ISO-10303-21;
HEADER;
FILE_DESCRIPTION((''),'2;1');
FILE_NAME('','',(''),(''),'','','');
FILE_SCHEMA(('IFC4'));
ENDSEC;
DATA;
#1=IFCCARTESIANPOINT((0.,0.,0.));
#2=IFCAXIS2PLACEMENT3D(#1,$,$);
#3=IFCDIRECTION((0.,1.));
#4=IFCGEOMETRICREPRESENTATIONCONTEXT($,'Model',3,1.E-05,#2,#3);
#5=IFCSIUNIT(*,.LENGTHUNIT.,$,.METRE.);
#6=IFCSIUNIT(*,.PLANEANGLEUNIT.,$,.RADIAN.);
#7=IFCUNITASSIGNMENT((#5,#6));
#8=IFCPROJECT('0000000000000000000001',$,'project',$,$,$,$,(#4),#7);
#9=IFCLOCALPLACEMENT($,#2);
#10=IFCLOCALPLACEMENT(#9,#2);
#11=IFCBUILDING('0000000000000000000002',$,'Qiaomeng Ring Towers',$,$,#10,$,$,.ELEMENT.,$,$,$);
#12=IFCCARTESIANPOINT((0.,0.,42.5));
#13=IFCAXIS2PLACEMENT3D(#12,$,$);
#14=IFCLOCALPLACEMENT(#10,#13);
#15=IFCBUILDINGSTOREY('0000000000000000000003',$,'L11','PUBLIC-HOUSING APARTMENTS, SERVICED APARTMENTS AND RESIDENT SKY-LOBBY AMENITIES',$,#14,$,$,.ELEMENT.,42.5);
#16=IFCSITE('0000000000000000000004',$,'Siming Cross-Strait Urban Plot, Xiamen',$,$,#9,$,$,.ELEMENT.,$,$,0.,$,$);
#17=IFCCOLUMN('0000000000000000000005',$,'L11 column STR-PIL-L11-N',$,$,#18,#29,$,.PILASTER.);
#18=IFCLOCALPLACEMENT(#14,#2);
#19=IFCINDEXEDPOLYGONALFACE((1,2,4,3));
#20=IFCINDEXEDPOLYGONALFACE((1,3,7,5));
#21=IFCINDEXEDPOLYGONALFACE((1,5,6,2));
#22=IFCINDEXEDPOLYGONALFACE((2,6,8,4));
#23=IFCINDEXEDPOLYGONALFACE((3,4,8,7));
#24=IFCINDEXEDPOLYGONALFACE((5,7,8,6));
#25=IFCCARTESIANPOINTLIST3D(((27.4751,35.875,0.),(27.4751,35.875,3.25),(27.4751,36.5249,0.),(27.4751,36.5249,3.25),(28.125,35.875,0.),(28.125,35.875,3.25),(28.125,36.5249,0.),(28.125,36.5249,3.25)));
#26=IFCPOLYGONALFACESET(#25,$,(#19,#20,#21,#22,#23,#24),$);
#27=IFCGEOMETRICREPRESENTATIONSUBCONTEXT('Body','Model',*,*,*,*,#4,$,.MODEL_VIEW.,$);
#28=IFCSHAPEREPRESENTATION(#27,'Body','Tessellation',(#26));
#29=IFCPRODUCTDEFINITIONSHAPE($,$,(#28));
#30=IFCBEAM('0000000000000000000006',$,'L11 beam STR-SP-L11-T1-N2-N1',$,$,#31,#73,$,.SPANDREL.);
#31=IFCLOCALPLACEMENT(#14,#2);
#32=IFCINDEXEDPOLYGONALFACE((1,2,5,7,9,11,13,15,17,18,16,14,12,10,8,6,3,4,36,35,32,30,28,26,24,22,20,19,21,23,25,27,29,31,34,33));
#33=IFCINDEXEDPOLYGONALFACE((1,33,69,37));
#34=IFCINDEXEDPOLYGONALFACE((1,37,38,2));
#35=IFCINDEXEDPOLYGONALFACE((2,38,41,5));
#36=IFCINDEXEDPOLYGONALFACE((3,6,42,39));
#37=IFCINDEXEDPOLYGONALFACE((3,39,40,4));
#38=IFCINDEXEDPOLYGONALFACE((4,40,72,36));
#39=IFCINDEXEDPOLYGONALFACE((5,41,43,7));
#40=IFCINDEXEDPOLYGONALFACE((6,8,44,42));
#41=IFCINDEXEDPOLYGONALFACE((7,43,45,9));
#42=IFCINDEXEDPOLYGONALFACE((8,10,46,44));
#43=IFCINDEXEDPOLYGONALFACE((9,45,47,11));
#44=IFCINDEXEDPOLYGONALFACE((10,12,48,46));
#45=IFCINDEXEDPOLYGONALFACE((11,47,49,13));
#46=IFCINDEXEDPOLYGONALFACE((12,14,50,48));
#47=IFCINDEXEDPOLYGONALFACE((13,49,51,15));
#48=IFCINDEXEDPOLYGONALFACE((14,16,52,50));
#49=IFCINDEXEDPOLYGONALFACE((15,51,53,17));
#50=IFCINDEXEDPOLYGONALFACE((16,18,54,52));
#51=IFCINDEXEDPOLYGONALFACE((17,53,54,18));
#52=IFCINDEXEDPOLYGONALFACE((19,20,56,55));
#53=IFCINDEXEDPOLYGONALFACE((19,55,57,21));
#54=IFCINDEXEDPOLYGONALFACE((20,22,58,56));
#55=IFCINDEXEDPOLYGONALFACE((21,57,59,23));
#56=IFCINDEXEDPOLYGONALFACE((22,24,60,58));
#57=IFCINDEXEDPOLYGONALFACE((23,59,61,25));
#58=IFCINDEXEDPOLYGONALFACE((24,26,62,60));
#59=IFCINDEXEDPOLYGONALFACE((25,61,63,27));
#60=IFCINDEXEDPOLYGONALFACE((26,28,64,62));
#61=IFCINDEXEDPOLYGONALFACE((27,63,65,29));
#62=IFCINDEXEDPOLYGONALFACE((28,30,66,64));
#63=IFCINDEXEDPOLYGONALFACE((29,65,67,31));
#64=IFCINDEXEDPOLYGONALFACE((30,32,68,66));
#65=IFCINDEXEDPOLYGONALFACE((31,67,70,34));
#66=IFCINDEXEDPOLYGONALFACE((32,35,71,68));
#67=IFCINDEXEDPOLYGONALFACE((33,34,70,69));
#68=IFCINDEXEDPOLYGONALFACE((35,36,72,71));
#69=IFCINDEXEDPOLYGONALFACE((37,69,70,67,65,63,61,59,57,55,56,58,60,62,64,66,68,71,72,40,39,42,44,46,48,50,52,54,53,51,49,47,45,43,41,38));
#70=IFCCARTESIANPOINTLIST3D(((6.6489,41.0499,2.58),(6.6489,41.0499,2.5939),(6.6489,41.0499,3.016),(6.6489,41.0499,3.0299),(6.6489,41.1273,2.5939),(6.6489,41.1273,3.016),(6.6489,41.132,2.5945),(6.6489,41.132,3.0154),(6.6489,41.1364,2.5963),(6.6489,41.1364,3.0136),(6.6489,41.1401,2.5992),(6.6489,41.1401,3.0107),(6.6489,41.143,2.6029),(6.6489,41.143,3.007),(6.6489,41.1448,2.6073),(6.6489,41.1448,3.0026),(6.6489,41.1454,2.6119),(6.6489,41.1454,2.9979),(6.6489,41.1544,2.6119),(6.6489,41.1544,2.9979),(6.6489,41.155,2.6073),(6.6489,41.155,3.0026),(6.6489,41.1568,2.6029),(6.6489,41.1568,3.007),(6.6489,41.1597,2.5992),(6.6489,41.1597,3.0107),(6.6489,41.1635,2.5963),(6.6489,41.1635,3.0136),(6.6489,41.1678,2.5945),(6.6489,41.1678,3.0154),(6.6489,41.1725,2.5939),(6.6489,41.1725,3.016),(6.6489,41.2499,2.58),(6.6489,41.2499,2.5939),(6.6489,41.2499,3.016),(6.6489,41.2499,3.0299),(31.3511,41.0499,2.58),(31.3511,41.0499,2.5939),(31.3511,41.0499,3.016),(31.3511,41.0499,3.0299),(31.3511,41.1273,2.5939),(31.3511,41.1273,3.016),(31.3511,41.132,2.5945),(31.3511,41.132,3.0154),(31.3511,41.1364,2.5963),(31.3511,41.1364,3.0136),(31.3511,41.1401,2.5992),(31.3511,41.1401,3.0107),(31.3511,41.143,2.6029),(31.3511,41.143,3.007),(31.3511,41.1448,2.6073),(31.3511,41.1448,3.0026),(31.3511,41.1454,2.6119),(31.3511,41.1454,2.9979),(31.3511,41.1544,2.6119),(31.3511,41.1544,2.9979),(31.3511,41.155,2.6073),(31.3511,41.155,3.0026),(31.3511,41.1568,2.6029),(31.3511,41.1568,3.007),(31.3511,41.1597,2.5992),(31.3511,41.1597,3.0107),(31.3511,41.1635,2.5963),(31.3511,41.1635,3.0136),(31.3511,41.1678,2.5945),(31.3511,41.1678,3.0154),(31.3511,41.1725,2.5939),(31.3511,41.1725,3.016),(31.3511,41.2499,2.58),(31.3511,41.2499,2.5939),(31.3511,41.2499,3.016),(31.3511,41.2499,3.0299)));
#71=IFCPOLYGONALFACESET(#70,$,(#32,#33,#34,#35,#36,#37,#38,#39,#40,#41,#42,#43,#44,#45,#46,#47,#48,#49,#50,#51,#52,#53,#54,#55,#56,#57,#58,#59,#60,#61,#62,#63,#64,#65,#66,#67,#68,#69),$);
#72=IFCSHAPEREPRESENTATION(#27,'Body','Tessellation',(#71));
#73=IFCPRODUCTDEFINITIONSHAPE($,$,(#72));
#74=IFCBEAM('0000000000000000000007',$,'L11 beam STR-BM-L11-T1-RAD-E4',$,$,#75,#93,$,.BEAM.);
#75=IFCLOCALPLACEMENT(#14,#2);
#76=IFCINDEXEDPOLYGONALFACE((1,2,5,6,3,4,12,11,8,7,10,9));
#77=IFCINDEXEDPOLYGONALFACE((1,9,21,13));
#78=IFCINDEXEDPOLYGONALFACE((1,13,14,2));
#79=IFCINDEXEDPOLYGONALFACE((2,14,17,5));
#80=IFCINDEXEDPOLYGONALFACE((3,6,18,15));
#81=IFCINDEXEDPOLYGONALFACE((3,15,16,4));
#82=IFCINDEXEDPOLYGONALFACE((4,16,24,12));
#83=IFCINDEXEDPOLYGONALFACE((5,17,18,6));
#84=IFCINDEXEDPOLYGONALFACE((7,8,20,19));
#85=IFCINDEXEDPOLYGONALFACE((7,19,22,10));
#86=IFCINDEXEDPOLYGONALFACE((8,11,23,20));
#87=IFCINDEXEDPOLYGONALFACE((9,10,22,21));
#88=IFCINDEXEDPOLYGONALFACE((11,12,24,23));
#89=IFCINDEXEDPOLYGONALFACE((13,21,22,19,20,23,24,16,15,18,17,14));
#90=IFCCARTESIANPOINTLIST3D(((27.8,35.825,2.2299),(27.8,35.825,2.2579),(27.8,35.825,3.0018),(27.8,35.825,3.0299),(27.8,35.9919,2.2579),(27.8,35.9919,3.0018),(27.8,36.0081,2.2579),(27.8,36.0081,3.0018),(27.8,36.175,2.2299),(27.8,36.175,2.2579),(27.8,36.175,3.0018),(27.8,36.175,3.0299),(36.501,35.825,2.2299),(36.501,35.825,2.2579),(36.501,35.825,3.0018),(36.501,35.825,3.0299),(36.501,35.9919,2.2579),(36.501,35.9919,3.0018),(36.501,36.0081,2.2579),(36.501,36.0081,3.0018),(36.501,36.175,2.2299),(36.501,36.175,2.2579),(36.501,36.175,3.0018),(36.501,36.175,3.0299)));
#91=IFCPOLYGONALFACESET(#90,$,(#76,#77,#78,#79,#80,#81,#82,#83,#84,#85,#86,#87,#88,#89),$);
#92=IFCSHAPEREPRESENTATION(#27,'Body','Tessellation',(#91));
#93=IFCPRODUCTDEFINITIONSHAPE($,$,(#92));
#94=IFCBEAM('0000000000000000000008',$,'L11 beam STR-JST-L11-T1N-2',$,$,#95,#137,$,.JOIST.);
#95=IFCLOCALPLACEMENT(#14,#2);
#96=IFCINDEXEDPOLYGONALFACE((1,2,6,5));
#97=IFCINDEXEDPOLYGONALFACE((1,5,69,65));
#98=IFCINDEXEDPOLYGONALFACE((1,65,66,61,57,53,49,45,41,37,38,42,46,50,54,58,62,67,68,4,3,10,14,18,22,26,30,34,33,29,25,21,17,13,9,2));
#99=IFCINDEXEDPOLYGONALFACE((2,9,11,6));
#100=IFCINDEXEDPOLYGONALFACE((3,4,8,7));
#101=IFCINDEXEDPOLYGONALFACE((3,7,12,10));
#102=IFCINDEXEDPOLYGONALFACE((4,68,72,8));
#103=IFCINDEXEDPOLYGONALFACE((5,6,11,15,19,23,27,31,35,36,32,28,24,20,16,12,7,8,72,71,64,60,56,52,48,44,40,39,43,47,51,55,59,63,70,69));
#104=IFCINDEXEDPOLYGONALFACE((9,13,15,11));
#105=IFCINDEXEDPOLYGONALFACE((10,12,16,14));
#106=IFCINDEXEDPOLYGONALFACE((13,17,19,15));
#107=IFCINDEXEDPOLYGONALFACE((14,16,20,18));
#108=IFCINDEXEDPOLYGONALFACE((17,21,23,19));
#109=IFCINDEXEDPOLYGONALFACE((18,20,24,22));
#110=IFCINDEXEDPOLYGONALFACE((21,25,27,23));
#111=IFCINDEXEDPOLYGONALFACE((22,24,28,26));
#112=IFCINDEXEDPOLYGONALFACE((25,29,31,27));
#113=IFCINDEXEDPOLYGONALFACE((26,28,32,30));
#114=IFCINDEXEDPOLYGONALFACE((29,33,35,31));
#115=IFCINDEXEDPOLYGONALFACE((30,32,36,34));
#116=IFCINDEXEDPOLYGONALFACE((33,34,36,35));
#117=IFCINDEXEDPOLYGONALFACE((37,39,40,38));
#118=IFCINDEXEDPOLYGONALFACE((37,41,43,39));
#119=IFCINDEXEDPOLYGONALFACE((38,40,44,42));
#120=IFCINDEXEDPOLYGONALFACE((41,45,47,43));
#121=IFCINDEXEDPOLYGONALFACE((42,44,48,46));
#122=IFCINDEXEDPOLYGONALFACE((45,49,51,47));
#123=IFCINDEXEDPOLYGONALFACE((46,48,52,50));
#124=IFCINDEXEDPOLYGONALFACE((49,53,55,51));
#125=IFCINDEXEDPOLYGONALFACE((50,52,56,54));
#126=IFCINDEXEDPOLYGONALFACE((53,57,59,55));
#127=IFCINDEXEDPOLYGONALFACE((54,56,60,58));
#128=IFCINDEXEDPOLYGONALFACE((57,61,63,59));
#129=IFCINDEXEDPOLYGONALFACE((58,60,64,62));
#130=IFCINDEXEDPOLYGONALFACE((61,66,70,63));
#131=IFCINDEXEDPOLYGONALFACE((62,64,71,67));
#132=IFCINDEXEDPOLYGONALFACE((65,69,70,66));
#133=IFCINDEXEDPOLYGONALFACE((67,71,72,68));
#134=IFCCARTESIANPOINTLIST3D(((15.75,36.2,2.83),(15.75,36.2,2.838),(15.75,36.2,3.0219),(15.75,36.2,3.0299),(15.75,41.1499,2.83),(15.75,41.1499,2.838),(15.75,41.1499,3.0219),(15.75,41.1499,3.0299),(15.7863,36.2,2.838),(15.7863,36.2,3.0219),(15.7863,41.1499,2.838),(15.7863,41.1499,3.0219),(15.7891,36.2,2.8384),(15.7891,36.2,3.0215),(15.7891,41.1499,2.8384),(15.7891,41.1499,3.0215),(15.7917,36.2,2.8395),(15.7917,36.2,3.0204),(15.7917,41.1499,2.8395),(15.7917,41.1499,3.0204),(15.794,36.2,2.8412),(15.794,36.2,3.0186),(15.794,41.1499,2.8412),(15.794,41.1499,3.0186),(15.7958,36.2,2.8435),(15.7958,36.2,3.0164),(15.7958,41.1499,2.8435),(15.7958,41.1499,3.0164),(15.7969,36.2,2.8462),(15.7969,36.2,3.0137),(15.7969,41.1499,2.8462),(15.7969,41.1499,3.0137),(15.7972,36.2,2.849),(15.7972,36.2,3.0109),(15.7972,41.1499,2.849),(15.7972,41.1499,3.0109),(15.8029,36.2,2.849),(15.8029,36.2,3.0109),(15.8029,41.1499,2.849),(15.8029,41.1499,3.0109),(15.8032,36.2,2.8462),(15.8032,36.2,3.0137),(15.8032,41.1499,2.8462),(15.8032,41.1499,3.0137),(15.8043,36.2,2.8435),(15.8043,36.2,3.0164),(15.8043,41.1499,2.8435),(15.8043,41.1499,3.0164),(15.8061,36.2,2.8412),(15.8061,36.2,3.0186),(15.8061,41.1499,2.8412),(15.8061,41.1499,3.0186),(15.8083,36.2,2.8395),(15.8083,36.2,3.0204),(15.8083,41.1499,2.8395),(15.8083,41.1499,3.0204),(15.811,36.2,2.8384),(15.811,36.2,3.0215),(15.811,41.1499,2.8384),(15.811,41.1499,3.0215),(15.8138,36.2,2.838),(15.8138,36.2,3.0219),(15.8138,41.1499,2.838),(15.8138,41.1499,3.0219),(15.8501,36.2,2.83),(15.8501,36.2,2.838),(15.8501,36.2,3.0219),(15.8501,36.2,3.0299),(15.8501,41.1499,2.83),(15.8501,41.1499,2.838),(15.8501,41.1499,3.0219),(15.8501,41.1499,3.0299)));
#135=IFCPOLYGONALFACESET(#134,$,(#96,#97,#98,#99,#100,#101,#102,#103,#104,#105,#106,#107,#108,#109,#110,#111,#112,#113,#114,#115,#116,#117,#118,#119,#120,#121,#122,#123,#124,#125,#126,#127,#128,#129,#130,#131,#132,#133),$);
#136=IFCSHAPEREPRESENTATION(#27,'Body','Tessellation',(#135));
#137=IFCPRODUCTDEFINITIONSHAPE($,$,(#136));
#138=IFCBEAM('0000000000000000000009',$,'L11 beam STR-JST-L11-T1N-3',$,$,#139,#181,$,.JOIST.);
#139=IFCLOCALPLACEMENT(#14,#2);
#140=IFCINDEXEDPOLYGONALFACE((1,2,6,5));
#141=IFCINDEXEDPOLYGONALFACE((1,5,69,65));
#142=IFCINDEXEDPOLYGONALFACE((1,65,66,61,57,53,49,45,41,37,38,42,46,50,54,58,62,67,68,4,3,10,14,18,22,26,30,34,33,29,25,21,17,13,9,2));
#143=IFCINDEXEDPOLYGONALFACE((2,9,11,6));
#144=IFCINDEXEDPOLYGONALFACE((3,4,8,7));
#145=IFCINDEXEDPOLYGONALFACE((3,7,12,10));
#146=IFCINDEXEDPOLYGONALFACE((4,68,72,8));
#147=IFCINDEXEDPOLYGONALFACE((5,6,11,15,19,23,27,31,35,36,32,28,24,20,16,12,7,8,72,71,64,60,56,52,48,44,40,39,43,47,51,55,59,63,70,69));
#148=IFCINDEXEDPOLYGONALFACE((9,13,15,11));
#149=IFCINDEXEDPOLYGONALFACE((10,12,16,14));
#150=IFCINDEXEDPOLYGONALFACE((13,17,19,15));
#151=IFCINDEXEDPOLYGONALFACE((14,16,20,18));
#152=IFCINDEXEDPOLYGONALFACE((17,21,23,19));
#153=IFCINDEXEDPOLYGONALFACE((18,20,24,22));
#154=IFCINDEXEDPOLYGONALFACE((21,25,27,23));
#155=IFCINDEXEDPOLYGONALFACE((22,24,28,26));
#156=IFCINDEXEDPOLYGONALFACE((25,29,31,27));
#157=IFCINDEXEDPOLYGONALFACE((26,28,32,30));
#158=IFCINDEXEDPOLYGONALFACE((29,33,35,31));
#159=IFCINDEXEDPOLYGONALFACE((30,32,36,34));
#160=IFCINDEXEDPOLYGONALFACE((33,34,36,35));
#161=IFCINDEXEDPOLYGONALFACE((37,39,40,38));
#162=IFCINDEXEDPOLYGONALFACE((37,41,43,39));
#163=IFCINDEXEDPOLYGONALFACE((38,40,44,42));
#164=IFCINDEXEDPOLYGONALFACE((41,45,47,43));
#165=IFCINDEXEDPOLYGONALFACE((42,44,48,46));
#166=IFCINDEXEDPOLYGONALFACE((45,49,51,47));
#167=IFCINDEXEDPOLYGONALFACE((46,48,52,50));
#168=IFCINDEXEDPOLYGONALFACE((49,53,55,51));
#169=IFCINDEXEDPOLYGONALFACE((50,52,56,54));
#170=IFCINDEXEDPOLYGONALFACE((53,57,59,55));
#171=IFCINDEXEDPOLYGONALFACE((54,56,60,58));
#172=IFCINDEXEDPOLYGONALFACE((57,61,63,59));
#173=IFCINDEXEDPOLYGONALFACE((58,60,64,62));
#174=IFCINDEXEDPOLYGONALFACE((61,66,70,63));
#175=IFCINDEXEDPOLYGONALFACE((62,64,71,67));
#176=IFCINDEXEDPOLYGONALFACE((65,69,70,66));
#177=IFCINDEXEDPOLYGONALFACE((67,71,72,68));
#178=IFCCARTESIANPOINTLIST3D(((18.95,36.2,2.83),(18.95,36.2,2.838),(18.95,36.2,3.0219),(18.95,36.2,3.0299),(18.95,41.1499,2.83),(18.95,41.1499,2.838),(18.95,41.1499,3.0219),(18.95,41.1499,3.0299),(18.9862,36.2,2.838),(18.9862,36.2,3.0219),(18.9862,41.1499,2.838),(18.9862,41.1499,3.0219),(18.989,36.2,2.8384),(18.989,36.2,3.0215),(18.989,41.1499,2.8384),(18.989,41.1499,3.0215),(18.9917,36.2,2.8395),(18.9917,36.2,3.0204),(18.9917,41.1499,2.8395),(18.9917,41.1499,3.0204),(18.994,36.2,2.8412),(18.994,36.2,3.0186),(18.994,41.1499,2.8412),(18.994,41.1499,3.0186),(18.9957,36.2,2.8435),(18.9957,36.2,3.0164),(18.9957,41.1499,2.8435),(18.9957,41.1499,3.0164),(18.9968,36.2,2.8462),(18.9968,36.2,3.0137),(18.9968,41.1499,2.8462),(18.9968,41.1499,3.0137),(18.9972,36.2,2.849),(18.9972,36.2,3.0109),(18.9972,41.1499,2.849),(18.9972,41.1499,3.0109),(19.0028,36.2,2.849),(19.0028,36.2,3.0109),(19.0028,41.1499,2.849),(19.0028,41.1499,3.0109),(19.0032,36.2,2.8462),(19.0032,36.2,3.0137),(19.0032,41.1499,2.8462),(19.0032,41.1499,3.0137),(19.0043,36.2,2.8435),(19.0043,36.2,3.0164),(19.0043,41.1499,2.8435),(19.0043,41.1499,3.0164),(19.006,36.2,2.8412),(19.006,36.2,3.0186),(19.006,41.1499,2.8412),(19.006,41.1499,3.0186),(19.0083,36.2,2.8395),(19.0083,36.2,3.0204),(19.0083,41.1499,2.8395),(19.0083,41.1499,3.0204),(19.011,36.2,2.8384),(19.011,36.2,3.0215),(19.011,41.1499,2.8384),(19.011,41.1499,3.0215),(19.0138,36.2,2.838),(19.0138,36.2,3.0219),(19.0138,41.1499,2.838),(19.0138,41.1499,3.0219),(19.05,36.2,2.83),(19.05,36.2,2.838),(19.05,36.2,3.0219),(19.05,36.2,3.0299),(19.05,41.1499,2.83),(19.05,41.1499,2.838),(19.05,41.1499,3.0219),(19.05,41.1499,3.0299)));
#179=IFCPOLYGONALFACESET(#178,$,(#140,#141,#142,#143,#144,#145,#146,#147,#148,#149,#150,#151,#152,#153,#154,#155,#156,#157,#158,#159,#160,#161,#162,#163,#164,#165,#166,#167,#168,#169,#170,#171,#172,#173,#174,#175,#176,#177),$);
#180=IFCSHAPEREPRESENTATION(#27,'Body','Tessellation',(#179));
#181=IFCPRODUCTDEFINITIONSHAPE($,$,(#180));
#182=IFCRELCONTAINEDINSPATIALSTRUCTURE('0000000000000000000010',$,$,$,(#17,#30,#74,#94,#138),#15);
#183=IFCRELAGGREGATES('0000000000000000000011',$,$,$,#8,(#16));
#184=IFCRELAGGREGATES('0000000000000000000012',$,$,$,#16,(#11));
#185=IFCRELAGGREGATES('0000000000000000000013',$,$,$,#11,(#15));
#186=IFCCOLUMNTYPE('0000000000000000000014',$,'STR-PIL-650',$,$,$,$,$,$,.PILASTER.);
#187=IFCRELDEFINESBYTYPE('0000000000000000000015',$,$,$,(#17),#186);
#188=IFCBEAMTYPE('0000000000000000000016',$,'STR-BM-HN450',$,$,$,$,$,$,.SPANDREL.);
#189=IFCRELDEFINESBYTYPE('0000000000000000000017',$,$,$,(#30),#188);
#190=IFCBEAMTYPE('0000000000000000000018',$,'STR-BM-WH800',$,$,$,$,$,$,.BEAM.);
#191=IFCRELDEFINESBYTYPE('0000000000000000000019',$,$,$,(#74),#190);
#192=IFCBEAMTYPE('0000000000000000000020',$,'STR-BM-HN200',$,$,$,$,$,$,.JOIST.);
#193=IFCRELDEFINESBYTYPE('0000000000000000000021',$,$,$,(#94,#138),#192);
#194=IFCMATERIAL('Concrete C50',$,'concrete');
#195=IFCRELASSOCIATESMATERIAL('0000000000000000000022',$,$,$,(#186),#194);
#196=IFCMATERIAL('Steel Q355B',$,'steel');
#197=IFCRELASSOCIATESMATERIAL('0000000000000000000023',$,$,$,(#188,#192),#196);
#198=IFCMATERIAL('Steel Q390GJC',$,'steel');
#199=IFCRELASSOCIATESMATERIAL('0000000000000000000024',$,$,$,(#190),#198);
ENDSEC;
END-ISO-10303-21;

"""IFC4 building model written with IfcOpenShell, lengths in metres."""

from ifc_helpers import new_model, si_unit, direction, frame, origin, origin_2d, place, context, subcontext, project, spatial, rectangle, i_section, extrude, source, transform, mapped, material, material_profile, profile_set, type_object, element, save


model = new_model("IFC4")

# Units and contexts
model_context = context("Model", 3, precision=1e-05, world=origin(), true_north=direction((0.0, 1.0)))
body_context = subcontext(model_context, "Body", "Model", "MODEL_VIEW")
ifc_project = project(units=[si_unit("LENGTHUNIT", "METRE"), si_unit("PLANEANGLEUNIT", "RADIAN")], contexts=[model_context])

# Site, building, storey
site_placement = place(None, origin())
site = spatial("IfcSite", under=ifc_project, at=site_placement, Name="Siming Cross-Strait Urban Plot, Xiamen", CompositionType="ELEMENT", RefElevation=0.0)
building_placement = place(site_placement, origin())
building = spatial("IfcBuilding", under=site, at=building_placement, Name="Qiaomeng Ring Towers", CompositionType="ELEMENT")
storey_placement = place(building_placement, frame((0.0, 0.0, 42.5)))
storey = spatial("IfcBuildingStorey", under=building, at=storey_placement, Name="L11", Description="PUBLIC-HOUSING APARTMENTS, SERVICED APARTMENTS AND RESIDENT SKY-LOBBY AMENITIES", CompositionType="ELEMENT", Elevation=42.5)

# Column
ifc_material_1 = material(Name="Concrete C50", Category="concrete")
ifc_material_profile_1 = material_profile(ifc_material_1, rectangle(XDim=0.6499, YDim=0.6499, at=origin_2d()), Name="RC COL 650x650")
ifc_profile_set_1 = profile_set([ifc_material_profile_1], Name="Concrete C50")
column_type = type_object("IfcColumnType", Name="STR-PIL-650", PredefinedType="PILASTER", material=ifc_profile_set_1)
shared_shape_1 = source(origin(), body_context, "Body", "SweptSolid", [
    extrude(rectangle(XDim=0.6499, YDim=0.6499, at=origin_2d()), origin(), (0.0, 0.0, 1.0), 3.25),
])
column_placement = place(storey_placement, frame((27.8, 36.2, 0.0), z_axis=(0.0, 0.0, 1.0), x_axis=(1.0, 0.0, 0.0)))
element("IfcColumn", 1, at=column_placement, inside=storey, type_object=column_type, Name="L11 column STR-PIL-L11-N", PredefinedType="PILASTER", context=body_context, shape_type="MappedRepresentation", body=[
    mapped(shared_shape_1, transform((0.0, 0.0, 0.0), x_axis=(1.0, 0.0, 0.0), y_axis=(0.0, 1.0, 0.0), z_axis=(0.0, 0.0, 1.0), scale=1.0)),
])

# Beams
ifc_material_2 = material(Name="Steel Q355B", Category="steel")
ifc_material_profile_2 = material_profile(ifc_material_2, i_section(OverallWidth=0.2, OverallDepth=0.45, WebThickness=0.009, FlangeThickness=0.0139, FilletRadius=0.0181, at=origin_2d()), Name="HN 450x200x9x14")
ifc_profile_set_2 = profile_set([ifc_material_profile_2], Name="Steel Q355B")
beam_type_1 = type_object("IfcBeamType", Name="STR-BM-HN450", PredefinedType="SPANDREL", material=ifc_profile_set_2)
shared_shape_2 = source(origin(), body_context, "Body", "SweptSolid", [
    extrude(i_section(OverallWidth=0.2, OverallDepth=0.45, WebThickness=0.009, FlangeThickness=0.0139, FilletRadius=0.0181, at=origin_2d()), origin(), (0.0, 0.0, 1.0), 24.7021),
])
beam_1_placement = place(storey_placement, frame((31.3511, 41.1499, 2.8049), z_axis=(-1.0, 0.0, 0.0), x_axis=(0.0, -1.0, 0.0)))
element("IfcBeam", 2, at=beam_1_placement, inside=storey, type_object=beam_type_1, Name="L11 beam STR-SP-L11-T1-N2-N1", PredefinedType="SPANDREL", context=body_context, shape_type="MappedRepresentation", body=[
    mapped(shared_shape_2, transform((0.0, 0.0, 0.0), x_axis=(1.0, 0.0, 0.0), y_axis=(0.0, 1.0, 0.0), z_axis=(0.0, 0.0, 1.0), scale=1.0)),
])
ifc_material_3 = material(Name="Steel Q390GJC", Category="steel")
ifc_material_profile_3 = material_profile(ifc_material_3, i_section(OverallWidth=0.3501, OverallDepth=0.8, WebThickness=0.0161, FlangeThickness=0.0281, at=origin_2d()), Name="WH 800x350x16x28")
ifc_profile_set_3 = profile_set([ifc_material_profile_3], Name="Steel Q390GJC")
beam_type_2 = type_object("IfcBeamType", Name="STR-BM-WH800", PredefinedType="BEAM", material=ifc_profile_set_3)
shared_shape_3 = source(origin(), body_context, "Body", "SweptSolid", [
    extrude(i_section(OverallWidth=0.3501, OverallDepth=0.8, WebThickness=0.0161, FlangeThickness=0.0281, at=origin_2d()), origin(), (0.0, 0.0, 1.0), 8.7009),
])
beam_2_placement = place(storey_placement, frame((27.8, 36.0, 2.6299), z_axis=(1.0, 0.0, 0.0), x_axis=(0.0, 1.0, 0.0)))
element("IfcBeam", 3, at=beam_2_placement, inside=storey, type_object=beam_type_2, Name="L11 beam STR-BM-L11-T1-RAD-E4", PredefinedType="BEAM", context=body_context, shape_type="MappedRepresentation", body=[
    mapped(shared_shape_3, transform((0.0, 0.0, 0.0), x_axis=(1.0, 0.0, 0.0), y_axis=(0.0, 1.0, 0.0), z_axis=(0.0, 0.0, 1.0), scale=1.0)),
])
ifc_material_profile_4 = material_profile(ifc_material_2, i_section(OverallWidth=0.1001, OverallDepth=0.2, WebThickness=0.0056, FlangeThickness=0.0081, FilletRadius=0.011, at=origin_2d()), Name="HN 200x100x5.5x8")
ifc_profile_set_4 = profile_set([ifc_material_profile_4], Name="Steel Q355B")
beam_type_3 = type_object("IfcBeamType", Name="STR-BM-HN200", PredefinedType="JOIST", material=ifc_profile_set_4)
shared_shape_4 = source(origin(), body_context, "Body", "SweptSolid", [
    extrude(i_section(OverallWidth=0.1001, OverallDepth=0.2, WebThickness=0.0056, FlangeThickness=0.0081, FilletRadius=0.011, at=origin_2d()), origin(), (0.0, 0.0, 1.0), 4.95),
])
for number, where, z_axis, x_axis, name in (
    (4, (15.8, 36.2, 2.9299), (0.0, 1.0, 0.0), (-1.0, 0.0, 0.0), "L11 beam STR-JST-L11-T1N-2"),
    (5, (19.0, 36.2, 2.9299), (0.0, 1.0, 0.0), (-1.0, 0.0, 0.0), "L11 beam STR-JST-L11-T1N-3"),
):
    element("IfcBeam", number, at=place(storey_placement, frame(where, z_axis=z_axis, x_axis=x_axis)), inside=storey, type_object=beam_type_3, Name=name, PredefinedType="JOIST", context=body_context, shape_type="MappedRepresentation", body=[
        mapped(shared_shape_4, transform((0.0, 0.0, 0.0), x_axis=(1.0, 0.0, 0.0), y_axis=(0.0, 1.0, 0.0), z_axis=(0.0, 0.0, 1.0), scale=1.0)),
    ])

save(model, "model.ifc")
